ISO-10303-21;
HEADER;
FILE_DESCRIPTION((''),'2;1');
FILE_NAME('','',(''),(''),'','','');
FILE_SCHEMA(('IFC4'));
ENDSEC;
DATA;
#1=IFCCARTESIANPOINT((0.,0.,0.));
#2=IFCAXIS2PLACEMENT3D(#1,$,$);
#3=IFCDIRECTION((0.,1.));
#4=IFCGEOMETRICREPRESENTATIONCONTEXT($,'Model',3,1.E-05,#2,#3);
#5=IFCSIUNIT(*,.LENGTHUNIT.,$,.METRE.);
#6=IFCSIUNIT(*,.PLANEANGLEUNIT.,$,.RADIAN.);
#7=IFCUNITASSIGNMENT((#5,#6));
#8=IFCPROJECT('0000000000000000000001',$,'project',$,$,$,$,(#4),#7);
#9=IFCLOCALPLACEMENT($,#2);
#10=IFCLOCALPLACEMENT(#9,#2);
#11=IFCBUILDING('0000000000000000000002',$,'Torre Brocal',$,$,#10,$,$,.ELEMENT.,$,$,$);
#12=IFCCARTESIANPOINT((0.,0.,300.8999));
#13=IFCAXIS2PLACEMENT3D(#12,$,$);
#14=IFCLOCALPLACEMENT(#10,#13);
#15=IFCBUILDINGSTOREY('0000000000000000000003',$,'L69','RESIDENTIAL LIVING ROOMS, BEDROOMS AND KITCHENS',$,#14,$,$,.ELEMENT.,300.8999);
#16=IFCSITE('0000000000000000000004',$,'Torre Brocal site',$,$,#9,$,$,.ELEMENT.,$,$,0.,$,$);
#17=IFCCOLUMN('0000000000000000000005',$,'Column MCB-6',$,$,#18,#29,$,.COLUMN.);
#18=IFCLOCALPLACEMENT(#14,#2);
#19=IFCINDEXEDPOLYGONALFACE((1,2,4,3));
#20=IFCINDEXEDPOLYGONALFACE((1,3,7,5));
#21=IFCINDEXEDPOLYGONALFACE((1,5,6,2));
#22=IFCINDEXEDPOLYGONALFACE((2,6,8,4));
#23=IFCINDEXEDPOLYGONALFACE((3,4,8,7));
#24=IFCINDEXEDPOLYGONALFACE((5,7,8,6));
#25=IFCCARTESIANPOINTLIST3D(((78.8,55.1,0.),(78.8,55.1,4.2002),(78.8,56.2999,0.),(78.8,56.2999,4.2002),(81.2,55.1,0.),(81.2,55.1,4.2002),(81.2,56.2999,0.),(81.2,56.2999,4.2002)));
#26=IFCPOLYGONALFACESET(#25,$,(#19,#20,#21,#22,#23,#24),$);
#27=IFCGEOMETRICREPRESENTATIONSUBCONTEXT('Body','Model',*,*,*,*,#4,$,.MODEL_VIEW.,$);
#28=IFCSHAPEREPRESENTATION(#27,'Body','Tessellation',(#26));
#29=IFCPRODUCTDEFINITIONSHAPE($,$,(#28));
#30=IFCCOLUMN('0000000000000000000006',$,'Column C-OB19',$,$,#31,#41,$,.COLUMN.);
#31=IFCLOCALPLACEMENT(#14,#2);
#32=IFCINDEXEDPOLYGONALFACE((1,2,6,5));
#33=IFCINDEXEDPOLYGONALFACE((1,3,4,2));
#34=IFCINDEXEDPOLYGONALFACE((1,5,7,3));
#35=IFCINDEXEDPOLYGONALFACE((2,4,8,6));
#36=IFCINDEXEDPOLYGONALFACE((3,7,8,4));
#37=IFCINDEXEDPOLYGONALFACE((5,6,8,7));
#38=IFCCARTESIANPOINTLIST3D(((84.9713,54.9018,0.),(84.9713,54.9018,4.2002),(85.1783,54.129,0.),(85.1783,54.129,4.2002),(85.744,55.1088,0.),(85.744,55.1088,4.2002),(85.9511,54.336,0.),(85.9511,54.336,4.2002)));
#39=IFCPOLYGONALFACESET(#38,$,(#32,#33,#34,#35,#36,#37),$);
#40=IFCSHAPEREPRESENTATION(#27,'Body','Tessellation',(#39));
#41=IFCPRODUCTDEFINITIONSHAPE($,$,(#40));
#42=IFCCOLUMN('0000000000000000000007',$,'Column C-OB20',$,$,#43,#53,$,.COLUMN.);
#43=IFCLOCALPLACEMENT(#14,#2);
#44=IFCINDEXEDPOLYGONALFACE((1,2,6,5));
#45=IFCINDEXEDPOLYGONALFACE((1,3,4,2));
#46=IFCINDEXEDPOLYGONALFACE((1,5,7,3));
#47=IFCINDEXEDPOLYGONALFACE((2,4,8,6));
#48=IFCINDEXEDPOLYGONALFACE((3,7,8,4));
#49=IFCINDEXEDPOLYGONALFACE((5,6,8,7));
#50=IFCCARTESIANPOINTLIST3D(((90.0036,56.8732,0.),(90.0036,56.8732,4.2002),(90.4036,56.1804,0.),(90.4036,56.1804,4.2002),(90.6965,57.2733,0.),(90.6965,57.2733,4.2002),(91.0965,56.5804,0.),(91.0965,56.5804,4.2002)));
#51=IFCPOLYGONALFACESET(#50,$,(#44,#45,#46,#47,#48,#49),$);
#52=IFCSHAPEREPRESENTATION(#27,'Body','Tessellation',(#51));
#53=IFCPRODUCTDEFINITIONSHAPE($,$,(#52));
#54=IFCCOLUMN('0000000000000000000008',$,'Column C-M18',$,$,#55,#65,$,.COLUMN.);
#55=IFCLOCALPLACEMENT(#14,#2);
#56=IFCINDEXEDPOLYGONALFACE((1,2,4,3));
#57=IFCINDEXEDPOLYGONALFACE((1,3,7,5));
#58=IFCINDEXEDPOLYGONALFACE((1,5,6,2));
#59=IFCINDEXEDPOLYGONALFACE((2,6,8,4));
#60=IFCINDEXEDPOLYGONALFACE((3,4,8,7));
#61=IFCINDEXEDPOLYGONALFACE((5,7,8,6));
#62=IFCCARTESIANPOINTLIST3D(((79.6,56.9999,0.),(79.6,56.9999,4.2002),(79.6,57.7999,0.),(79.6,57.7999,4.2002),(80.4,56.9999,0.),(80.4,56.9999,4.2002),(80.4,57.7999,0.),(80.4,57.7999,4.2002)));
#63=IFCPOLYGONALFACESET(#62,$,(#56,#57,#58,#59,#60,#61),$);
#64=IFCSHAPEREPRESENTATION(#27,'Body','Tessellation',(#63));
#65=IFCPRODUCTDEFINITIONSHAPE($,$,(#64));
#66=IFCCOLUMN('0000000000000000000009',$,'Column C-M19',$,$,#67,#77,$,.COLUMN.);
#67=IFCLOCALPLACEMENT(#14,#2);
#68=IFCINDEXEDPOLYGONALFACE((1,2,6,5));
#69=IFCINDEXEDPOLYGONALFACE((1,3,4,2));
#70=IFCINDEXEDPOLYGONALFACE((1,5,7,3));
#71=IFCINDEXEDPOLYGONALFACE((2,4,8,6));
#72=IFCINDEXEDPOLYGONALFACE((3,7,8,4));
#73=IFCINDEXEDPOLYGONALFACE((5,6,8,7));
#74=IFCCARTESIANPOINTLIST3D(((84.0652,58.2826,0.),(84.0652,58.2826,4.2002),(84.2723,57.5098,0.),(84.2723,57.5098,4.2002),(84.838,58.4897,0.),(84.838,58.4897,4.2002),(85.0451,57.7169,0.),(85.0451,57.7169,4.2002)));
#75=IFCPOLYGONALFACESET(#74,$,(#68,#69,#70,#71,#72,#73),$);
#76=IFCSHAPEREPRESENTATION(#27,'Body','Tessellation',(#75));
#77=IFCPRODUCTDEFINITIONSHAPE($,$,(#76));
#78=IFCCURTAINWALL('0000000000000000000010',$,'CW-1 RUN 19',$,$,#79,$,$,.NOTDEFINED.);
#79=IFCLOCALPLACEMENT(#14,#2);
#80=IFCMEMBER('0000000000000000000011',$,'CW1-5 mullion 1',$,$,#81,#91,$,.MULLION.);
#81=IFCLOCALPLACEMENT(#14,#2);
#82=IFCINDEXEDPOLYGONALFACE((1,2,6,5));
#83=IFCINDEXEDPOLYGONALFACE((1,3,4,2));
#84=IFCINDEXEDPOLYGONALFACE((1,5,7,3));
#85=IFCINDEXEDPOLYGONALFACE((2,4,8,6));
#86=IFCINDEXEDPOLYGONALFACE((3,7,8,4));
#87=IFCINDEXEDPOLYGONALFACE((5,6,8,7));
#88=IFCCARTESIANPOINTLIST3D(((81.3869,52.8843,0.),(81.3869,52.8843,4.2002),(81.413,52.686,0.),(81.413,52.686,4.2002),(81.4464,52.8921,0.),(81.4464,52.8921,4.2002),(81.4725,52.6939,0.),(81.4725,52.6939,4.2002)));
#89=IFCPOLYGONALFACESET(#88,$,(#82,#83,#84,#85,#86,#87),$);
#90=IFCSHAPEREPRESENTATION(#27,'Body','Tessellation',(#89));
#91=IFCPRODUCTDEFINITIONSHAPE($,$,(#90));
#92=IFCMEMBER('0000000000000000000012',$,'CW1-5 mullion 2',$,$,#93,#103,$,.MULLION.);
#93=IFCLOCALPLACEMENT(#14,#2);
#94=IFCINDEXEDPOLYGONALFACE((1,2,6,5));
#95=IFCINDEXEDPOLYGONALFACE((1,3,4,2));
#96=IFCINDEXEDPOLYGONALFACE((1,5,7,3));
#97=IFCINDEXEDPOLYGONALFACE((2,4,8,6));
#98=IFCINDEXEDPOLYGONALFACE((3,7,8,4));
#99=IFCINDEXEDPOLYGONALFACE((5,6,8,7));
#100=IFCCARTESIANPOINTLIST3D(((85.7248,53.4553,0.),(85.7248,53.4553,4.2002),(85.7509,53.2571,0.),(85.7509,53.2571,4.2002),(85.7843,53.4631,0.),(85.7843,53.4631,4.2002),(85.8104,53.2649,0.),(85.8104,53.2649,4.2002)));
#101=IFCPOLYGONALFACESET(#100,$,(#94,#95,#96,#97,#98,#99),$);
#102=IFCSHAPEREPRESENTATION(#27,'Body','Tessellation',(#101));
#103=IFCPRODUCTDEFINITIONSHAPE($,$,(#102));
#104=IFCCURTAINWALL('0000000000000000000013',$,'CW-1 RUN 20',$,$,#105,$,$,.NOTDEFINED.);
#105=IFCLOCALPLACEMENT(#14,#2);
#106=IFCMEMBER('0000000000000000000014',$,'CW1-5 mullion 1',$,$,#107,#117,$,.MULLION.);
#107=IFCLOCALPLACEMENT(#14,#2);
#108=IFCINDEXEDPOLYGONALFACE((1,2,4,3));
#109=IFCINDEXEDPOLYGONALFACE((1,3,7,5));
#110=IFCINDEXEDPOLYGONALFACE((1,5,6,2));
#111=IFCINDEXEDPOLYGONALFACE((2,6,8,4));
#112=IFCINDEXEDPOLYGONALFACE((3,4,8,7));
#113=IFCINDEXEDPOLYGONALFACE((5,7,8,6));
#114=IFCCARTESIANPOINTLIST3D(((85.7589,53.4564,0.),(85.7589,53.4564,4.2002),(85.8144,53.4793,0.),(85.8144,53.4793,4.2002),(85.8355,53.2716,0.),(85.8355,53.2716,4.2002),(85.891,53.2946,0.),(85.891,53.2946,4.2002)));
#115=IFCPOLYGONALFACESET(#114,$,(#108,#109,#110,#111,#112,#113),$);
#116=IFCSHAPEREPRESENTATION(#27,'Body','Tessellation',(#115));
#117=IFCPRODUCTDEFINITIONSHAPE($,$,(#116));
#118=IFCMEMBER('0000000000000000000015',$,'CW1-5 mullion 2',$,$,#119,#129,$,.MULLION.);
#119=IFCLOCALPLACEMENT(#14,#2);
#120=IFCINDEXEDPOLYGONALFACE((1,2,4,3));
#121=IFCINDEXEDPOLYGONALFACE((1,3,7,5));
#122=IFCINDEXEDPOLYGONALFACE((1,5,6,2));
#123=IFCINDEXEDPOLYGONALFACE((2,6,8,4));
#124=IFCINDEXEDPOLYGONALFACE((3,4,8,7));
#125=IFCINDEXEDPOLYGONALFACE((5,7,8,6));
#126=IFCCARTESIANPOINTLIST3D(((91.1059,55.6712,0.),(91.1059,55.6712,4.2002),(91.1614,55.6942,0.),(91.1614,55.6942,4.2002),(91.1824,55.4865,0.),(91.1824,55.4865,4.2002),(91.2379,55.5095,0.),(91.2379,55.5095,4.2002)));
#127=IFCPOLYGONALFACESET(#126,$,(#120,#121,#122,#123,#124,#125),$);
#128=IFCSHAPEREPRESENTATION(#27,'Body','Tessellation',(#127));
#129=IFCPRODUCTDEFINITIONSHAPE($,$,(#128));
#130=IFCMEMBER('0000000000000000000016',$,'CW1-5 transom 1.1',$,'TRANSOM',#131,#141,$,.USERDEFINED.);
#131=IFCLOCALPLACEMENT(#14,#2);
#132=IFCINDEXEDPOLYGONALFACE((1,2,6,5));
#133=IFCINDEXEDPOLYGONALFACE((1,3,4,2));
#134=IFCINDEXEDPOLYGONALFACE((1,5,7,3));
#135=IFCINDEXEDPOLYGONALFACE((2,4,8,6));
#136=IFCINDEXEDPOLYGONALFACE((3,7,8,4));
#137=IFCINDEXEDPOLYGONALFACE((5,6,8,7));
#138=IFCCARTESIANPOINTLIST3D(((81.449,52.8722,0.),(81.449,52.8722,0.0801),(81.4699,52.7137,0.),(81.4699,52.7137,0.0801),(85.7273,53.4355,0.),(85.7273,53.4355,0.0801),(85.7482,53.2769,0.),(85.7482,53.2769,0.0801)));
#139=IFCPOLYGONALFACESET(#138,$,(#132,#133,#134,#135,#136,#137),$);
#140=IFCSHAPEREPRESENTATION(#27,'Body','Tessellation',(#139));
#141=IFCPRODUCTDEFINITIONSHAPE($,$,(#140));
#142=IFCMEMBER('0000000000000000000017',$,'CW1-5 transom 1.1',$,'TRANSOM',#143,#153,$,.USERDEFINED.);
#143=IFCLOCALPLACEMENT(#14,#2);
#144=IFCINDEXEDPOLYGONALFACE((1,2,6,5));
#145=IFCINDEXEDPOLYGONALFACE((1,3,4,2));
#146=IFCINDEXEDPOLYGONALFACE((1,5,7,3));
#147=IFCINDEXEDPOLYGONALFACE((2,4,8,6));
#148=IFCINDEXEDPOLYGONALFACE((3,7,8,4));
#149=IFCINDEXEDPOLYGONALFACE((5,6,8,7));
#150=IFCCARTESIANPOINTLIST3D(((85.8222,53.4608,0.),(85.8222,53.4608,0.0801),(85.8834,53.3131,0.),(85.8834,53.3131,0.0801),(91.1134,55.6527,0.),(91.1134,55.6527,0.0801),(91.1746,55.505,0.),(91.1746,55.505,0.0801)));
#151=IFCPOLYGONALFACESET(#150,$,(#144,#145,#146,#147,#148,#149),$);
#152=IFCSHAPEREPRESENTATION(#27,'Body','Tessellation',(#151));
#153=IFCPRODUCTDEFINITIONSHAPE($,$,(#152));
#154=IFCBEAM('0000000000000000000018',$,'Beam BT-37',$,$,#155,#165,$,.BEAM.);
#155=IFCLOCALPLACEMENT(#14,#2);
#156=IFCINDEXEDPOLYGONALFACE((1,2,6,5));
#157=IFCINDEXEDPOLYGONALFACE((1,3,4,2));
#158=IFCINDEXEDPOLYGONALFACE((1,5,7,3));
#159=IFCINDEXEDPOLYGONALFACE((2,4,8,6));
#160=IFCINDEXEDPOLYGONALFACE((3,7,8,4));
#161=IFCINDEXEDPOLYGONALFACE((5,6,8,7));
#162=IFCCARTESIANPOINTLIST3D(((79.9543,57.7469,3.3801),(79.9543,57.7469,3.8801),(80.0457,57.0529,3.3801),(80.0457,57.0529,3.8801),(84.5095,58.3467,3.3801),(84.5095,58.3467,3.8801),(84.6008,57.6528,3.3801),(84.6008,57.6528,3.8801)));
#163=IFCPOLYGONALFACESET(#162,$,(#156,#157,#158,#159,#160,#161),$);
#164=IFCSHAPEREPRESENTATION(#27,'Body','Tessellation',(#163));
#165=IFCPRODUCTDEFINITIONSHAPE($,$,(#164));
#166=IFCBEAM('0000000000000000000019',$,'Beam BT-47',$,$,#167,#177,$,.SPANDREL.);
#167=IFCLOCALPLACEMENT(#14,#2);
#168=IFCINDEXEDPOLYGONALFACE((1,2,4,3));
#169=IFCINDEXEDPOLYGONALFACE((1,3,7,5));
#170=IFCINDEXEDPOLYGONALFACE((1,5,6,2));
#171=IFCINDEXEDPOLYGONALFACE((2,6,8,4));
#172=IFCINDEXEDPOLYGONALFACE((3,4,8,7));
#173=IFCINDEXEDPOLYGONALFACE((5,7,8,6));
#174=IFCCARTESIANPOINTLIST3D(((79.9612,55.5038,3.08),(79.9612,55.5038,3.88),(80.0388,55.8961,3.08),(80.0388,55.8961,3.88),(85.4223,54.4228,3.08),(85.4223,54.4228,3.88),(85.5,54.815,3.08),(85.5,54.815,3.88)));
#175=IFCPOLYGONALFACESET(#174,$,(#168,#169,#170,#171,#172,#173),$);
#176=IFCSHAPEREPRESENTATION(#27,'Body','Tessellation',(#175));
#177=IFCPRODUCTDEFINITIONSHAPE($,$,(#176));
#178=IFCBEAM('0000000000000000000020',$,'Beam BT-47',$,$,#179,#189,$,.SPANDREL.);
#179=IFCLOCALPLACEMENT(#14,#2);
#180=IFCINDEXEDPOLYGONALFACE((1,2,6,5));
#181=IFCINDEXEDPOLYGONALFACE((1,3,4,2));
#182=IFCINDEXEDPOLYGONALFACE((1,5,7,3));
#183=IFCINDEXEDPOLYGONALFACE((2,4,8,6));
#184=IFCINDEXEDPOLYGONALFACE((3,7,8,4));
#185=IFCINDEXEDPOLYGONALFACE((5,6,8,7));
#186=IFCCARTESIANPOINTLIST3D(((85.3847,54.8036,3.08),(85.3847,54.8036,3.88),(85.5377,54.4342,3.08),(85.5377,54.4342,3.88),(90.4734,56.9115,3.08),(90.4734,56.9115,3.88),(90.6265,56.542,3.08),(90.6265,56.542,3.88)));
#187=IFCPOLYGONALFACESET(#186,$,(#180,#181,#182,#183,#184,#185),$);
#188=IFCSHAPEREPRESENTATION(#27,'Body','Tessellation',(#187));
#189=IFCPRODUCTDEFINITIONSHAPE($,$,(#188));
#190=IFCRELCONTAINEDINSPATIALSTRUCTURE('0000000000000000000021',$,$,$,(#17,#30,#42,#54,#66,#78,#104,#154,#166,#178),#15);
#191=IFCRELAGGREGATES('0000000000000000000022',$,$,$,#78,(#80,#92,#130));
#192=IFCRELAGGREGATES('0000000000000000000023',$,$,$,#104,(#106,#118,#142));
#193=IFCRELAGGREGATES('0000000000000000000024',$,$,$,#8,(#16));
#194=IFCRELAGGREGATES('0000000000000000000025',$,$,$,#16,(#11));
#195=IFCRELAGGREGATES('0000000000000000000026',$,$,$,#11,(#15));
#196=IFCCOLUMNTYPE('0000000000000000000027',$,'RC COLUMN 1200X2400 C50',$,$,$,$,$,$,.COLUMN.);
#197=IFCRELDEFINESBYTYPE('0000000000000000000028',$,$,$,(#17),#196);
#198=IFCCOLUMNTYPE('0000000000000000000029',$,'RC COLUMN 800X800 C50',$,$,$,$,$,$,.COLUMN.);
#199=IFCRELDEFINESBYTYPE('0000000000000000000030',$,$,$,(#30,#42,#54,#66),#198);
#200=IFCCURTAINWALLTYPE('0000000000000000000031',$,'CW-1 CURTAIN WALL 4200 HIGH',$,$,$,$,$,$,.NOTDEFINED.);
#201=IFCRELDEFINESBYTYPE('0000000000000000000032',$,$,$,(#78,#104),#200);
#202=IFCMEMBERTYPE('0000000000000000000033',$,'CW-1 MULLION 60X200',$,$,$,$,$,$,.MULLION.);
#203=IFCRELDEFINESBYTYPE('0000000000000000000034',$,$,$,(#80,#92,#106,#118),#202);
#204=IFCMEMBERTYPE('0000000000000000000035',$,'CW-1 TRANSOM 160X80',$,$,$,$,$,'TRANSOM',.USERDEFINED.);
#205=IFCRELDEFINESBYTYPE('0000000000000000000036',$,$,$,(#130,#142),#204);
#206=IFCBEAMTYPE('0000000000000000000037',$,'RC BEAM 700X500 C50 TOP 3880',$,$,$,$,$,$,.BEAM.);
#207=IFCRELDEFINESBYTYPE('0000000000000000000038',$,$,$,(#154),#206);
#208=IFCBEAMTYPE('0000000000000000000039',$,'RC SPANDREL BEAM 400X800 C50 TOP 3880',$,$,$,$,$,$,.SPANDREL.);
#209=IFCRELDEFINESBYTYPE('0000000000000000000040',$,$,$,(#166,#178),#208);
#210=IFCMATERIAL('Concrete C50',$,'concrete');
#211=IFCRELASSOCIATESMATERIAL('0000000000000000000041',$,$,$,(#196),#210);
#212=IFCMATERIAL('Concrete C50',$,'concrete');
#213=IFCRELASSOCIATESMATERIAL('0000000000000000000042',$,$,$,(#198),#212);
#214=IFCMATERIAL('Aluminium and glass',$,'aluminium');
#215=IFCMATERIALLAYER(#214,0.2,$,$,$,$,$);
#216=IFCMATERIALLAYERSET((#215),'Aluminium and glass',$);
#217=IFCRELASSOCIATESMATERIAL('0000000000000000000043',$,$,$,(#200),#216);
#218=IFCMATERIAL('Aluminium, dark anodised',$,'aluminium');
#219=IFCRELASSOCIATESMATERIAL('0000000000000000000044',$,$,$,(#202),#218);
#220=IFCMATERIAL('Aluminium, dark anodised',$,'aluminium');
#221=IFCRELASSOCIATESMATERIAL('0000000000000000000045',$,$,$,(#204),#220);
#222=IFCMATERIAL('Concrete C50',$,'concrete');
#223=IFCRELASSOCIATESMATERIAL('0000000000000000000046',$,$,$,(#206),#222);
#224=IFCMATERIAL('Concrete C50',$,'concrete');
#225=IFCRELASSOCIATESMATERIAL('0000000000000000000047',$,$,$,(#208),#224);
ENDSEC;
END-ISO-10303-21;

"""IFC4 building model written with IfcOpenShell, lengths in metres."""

from ifc_helpers import new_model, si_unit, direction, frame, origin, origin_2d, place, context, subcontext, project, spatial, rectangle, extrude, material, layer, layer_set, material_profile, profile_set, type_object, element, aggregate, save


model = new_model("IFC4")

# Units and contexts
model_context = context("Model", 3, precision=1e-05, world=origin(), true_north=direction((0.0, 1.0)))
body_context = subcontext(model_context, "Body", "Model", "MODEL_VIEW")
ifc_project = project(units=[si_unit("LENGTHUNIT", "METRE"), si_unit("PLANEANGLEUNIT", "RADIAN")], contexts=[model_context])

# Site, building, storey
site_placement = place(None, origin())
site = spatial("IfcSite", under=ifc_project, at=site_placement, Name="Torre Brocal site", CompositionType="ELEMENT", RefElevation=0.0)
building_placement = place(site_placement, origin())
building = spatial("IfcBuilding", under=site, at=building_placement, Name="Torre Brocal", CompositionType="ELEMENT")
storey_placement = place(building_placement, frame((0.0, 0.0, 300.8999)))
storey = spatial("IfcBuildingStorey", under=building, at=storey_placement, Name="L69", Description="RESIDENTIAL LIVING ROOMS, BEDROOMS AND KITCHENS", CompositionType="ELEMENT", Elevation=300.8999)

# Columns
ifc_material_1 = material(Name="Concrete C50", Category="concrete")
ifc_material_profile_1 = material_profile(ifc_material_1, rectangle(XDim=1.2, YDim=2.3999, at=origin_2d()), Name="RC 1200X2400")
ifc_profile_set_1 = profile_set([ifc_material_profile_1], Name="Concrete C50")
column_type_1 = type_object("IfcColumnType", Name="RC COLUMN 1200X2400 C50", PredefinedType="COLUMN", material=ifc_profile_set_1)
column_placement = place(storey_placement, frame((80.0, 55.7, 0.0), z_axis=(0.0, 0.0, 1.0), x_axis=(0.0, -1.0, 0.0)))
element("IfcColumn", 1, at=column_placement, inside=storey, type_object=column_type_1, Name="Column MCB-6", PredefinedType="COLUMN", context=body_context, shape_type="SweptSolid", body=[
    extrude(rectangle(XDim=1.2, YDim=2.3999, at=origin_2d()), origin(), (0.0, 0.0, 1.0), 4.2002),
])
ifc_material_2 = material(Name="Concrete C50", Category="concrete")
ifc_material_profile_2 = material_profile(ifc_material_2, rectangle(XDim=0.8, YDim=0.8, at=origin_2d()), Name="RC 800X800")
ifc_profile_set_2 = profile_set([ifc_material_profile_2], Name="Concrete C50")
column_type_2 = type_object("IfcColumnType", Name="RC COLUMN 800X800 C50", PredefinedType="COLUMN", material=ifc_profile_set_2)
for number, where, z_axis, x_axis, name in (
    (2, (85.4612, 54.6189, 0.0), (0.0, 0.0, 1.0), (0.258819, -0.965926, 0.0), "Column C-OB19"),
    (3, (90.55, 56.7268, 0.0), (0.0, 0.0, 1.0), (0.5, -0.866025, 0.0), "Column C-OB20"),
    (4, (80.0, 57.3999, 0.0), (0.0, 0.0, 1.0), (0.0, -1.0, 0.0), "Column C-M18"),
    (5, (84.5552, 57.9998, 0.0), (0.0, 0.0, 1.0), (0.258819, -0.965926, 0.0), "Column C-M19"),
):
    element("IfcColumn", number, at=place(storey_placement, frame(where, z_axis=z_axis, x_axis=x_axis)), inside=storey, type_object=column_type_2, Name=name, PredefinedType="COLUMN", context=body_context, shape_type="SweptSolid", body=[
        extrude(rectangle(XDim=0.8, YDim=0.8, at=origin_2d()), origin(), (0.0, 0.0, 1.0), 4.2002),
    ])

# Curtain walls, members
ifc_material_3 = material(Name="Aluminium and glass", Category="aluminium")
ifc_layer_1 = layer(ifc_material_3, 0.2)
ifc_layer_set_1 = layer_set([ifc_layer_1], Name="Aluminium and glass")
curtain_wall_type = type_object("IfcCurtainWallType", Name="CW-1 CURTAIN WALL 4200 HIGH", PredefinedType="NOTDEFINED", material=ifc_layer_set_1)
curtain_wall_1_placement = place(storey_placement, origin())
curtain_wall_1 = element("IfcCurtainWall", 6, at=curtain_wall_1_placement, inside=storey, type_object=curtain_wall_type, Name="CW-1 RUN 19", PredefinedType="NOTDEFINED")
ifc_material_4 = material(Name="Aluminium, dark anodised", Category="aluminium")
ifc_material_profile_3 = material_profile(ifc_material_4, rectangle(XDim=0.2, YDim=0.0601, at=origin_2d()), Name="CW-1 MULLION 60X200")
ifc_profile_set_3 = profile_set([ifc_material_profile_3], Name="Aluminium, dark anodised")
member_type_1 = type_object("IfcMemberType", Name="CW-1 MULLION 60X200", PredefinedType="MULLION", material=ifc_profile_set_3)
member_1_placement = place(storey_placement, frame((81.4297, 52.7891, 0.0), z_axis=(0.0, 0.0, 1.0), x_axis=(-0.130526, 0.991445, 0.0)))
member_1 = element("IfcMember", 7, at=member_1_placement, type_object=member_type_1, Name="CW1-5 mullion 1", PredefinedType="MULLION", context=body_context, shape_type="SweptSolid", body=[
    extrude(rectangle(XDim=0.2, YDim=0.0601, at=origin_2d()), origin(), (0.0, 0.0, 1.0), 4.2002),
])
member_2_placement = place(storey_placement, frame((85.7676, 53.3601, 0.0), z_axis=(0.0, 0.0, 1.0), x_axis=(-0.130526, 0.991445, 0.0)))
member_2 = element("IfcMember", 8, at=member_2_placement, type_object=member_type_1, Name="CW1-5 mullion 2", PredefinedType="MULLION", context=body_context, shape_type="SweptSolid", body=[
    extrude(rectangle(XDim=0.2, YDim=0.0601, at=origin_2d()), origin(), (0.0, 0.0, 1.0), 4.2002),
])
curtain_wall_2_placement = place(storey_placement, origin())
curtain_wall_2 = element("IfcCurtainWall", 9, at=curtain_wall_2_placement, inside=storey, type_object=curtain_wall_type, Name="CW-1 RUN 20", PredefinedType="NOTDEFINED")
member_3_placement = place(storey_placement, frame((85.825, 53.3755, 0.0), z_axis=(0.0, 0.0, 1.0), x_axis=(-0.382683, 0.92388, 0.0)))
member_3 = element("IfcMember", 10, at=member_3_placement, type_object=member_type_1, Name="CW1-5 mullion 1", PredefinedType="MULLION", context=body_context, shape_type="SweptSolid", body=[
    extrude(rectangle(XDim=0.2, YDim=0.0601, at=origin_2d()), origin(), (0.0, 0.0, 1.0), 4.2002),
])
member_4_placement = place(storey_placement, frame((91.1719, 55.5903, 0.0), z_axis=(0.0, 0.0, 1.0), x_axis=(-0.382683, 0.92388, 0.0)))
member_4 = element("IfcMember", 11, at=member_4_placement, type_object=member_type_1, Name="CW1-5 mullion 2", PredefinedType="MULLION", context=body_context, shape_type="SweptSolid", body=[
    extrude(rectangle(XDim=0.2, YDim=0.0601, at=origin_2d()), origin(), (0.0, 0.0, 1.0), 4.2002),
])

# Members
ifc_material_5 = material(Name="Aluminium, dark anodised", Category="aluminium")
ifc_material_profile_4 = material_profile(ifc_material_5, rectangle(XDim=0.1599, YDim=0.0801, at=origin_2d()), Name="CW-1 TRANSOM 160X80")
ifc_profile_set_4 = profile_set([ifc_material_profile_4], Name="Aluminium, dark anodised")
member_type_2 = type_object("IfcMemberType", Name="CW-1 TRANSOM 160X80", ElementType="TRANSOM", PredefinedType="USERDEFINED", material=ifc_profile_set_4)
member_5_placement = place(storey_placement, frame((81.4595, 52.793, 0.04), z_axis=(0.991445, 0.130522, 0.0), x_axis=(-0.130522, 0.991445, 0.0)))
member_5 = element("IfcMember", 12, at=member_5_placement, type_object=member_type_2, Name="CW1-5 transom 1.1", ObjectType="TRANSOM", PredefinedType="USERDEFINED", context=body_context, shape_type="SweptSolid", body=[
    extrude(rectangle(XDim=0.1599, YDim=0.0801, at=origin_2d()), origin(), (0.0, 0.0, 1.0), 4.3152),
])
member_6_placement = place(storey_placement, frame((85.8528, 53.387, 0.04), z_axis=(0.923868, 0.382711, 0.0), x_axis=(-0.382711, 0.923868, 0.0)))
member_6 = element("IfcMember", 13, at=member_6_placement, type_object=member_type_2, Name="CW1-5 transom 1.1", ObjectType="TRANSOM", PredefinedType="USERDEFINED", context=body_context, shape_type="SweptSolid", body=[
    extrude(rectangle(XDim=0.1599, YDim=0.0801, at=origin_2d()), origin(), (0.0, 0.0, 1.0), 5.7273),
])

# Beams
ifc_material_6 = material(Name="Concrete C50", Category="concrete")
ifc_material_profile_5 = material_profile(ifc_material_6, rectangle(XDim=0.7, YDim=0.5, at=origin_2d()), Name="RC 700X500")
ifc_profile_set_5 = profile_set([ifc_material_profile_5], Name="Concrete C50")
beam_type_1 = type_object("IfcBeamType", Name="RC BEAM 700X500 C50 TOP 3880", PredefinedType="BEAM", material=ifc_profile_set_5)
beam_1_placement = place(storey_placement, frame((80.0, 57.3999, 3.6301), z_axis=(0.991441, 0.130559, 0.0), x_axis=(-0.130559, 0.991441, 0.0)))
element("IfcBeam", 14, at=beam_1_placement, inside=storey, type_object=beam_type_1, Name="Beam BT-37", PredefinedType="BEAM", context=body_context, shape_type="SweptSolid", body=[
    extrude(rectangle(XDim=0.7, YDim=0.5, at=origin_2d()), origin(), (0.0, 0.0, 1.0), 4.5945),
])
ifc_material_7 = material(Name="Concrete C50", Category="concrete")
ifc_material_profile_6 = material_profile(ifc_material_7, rectangle(XDim=0.3999, YDim=0.8, at=origin_2d()), Name="RC 400X800")
ifc_profile_set_6 = profile_set([ifc_material_profile_6], Name="Concrete C50")
beam_type_2 = type_object("IfcBeamType", Name="RC SPANDREL BEAM 400X800 C50 TOP 3880", PredefinedType="SPANDREL", material=ifc_profile_set_6)
beam_2_placement = place(storey_placement, frame((80.0, 55.7, 3.48), z_axis=(0.980965, -0.194185, 0.0), x_axis=(0.194185, 0.980965, 0.0)))
element("IfcBeam", 15, at=beam_2_placement, inside=storey, type_object=beam_type_2, Name="Beam BT-47", PredefinedType="SPANDREL", context=body_context, shape_type="SweptSolid", body=[
    extrude(rectangle(XDim=0.3999, YDim=0.8, at=origin_2d()), origin(), (0.0, 0.0, 1.0), 5.5671),
])
beam_3_placement = place(storey_placement, frame((85.4612, 54.6189, 3.48), z_axis=(0.923877, 0.382688, 0.0), x_axis=(-0.382688, 0.923877, 0.0)))
element("IfcBeam", 16, at=beam_3_placement, inside=storey, type_object=beam_type_2, Name="Beam BT-47", PredefinedType="SPANDREL", context=body_context, shape_type="SweptSolid", body=[
    extrude(rectangle(XDim=0.3999, YDim=0.8, at=origin_2d()), origin(), (0.0, 0.0, 1.0), 5.5081),
])

aggregate(curtain_wall_1, [member_1, member_2, member_5])
aggregate(curtain_wall_2, [member_3, member_4, member_6])

save(model, "model.ifc")
